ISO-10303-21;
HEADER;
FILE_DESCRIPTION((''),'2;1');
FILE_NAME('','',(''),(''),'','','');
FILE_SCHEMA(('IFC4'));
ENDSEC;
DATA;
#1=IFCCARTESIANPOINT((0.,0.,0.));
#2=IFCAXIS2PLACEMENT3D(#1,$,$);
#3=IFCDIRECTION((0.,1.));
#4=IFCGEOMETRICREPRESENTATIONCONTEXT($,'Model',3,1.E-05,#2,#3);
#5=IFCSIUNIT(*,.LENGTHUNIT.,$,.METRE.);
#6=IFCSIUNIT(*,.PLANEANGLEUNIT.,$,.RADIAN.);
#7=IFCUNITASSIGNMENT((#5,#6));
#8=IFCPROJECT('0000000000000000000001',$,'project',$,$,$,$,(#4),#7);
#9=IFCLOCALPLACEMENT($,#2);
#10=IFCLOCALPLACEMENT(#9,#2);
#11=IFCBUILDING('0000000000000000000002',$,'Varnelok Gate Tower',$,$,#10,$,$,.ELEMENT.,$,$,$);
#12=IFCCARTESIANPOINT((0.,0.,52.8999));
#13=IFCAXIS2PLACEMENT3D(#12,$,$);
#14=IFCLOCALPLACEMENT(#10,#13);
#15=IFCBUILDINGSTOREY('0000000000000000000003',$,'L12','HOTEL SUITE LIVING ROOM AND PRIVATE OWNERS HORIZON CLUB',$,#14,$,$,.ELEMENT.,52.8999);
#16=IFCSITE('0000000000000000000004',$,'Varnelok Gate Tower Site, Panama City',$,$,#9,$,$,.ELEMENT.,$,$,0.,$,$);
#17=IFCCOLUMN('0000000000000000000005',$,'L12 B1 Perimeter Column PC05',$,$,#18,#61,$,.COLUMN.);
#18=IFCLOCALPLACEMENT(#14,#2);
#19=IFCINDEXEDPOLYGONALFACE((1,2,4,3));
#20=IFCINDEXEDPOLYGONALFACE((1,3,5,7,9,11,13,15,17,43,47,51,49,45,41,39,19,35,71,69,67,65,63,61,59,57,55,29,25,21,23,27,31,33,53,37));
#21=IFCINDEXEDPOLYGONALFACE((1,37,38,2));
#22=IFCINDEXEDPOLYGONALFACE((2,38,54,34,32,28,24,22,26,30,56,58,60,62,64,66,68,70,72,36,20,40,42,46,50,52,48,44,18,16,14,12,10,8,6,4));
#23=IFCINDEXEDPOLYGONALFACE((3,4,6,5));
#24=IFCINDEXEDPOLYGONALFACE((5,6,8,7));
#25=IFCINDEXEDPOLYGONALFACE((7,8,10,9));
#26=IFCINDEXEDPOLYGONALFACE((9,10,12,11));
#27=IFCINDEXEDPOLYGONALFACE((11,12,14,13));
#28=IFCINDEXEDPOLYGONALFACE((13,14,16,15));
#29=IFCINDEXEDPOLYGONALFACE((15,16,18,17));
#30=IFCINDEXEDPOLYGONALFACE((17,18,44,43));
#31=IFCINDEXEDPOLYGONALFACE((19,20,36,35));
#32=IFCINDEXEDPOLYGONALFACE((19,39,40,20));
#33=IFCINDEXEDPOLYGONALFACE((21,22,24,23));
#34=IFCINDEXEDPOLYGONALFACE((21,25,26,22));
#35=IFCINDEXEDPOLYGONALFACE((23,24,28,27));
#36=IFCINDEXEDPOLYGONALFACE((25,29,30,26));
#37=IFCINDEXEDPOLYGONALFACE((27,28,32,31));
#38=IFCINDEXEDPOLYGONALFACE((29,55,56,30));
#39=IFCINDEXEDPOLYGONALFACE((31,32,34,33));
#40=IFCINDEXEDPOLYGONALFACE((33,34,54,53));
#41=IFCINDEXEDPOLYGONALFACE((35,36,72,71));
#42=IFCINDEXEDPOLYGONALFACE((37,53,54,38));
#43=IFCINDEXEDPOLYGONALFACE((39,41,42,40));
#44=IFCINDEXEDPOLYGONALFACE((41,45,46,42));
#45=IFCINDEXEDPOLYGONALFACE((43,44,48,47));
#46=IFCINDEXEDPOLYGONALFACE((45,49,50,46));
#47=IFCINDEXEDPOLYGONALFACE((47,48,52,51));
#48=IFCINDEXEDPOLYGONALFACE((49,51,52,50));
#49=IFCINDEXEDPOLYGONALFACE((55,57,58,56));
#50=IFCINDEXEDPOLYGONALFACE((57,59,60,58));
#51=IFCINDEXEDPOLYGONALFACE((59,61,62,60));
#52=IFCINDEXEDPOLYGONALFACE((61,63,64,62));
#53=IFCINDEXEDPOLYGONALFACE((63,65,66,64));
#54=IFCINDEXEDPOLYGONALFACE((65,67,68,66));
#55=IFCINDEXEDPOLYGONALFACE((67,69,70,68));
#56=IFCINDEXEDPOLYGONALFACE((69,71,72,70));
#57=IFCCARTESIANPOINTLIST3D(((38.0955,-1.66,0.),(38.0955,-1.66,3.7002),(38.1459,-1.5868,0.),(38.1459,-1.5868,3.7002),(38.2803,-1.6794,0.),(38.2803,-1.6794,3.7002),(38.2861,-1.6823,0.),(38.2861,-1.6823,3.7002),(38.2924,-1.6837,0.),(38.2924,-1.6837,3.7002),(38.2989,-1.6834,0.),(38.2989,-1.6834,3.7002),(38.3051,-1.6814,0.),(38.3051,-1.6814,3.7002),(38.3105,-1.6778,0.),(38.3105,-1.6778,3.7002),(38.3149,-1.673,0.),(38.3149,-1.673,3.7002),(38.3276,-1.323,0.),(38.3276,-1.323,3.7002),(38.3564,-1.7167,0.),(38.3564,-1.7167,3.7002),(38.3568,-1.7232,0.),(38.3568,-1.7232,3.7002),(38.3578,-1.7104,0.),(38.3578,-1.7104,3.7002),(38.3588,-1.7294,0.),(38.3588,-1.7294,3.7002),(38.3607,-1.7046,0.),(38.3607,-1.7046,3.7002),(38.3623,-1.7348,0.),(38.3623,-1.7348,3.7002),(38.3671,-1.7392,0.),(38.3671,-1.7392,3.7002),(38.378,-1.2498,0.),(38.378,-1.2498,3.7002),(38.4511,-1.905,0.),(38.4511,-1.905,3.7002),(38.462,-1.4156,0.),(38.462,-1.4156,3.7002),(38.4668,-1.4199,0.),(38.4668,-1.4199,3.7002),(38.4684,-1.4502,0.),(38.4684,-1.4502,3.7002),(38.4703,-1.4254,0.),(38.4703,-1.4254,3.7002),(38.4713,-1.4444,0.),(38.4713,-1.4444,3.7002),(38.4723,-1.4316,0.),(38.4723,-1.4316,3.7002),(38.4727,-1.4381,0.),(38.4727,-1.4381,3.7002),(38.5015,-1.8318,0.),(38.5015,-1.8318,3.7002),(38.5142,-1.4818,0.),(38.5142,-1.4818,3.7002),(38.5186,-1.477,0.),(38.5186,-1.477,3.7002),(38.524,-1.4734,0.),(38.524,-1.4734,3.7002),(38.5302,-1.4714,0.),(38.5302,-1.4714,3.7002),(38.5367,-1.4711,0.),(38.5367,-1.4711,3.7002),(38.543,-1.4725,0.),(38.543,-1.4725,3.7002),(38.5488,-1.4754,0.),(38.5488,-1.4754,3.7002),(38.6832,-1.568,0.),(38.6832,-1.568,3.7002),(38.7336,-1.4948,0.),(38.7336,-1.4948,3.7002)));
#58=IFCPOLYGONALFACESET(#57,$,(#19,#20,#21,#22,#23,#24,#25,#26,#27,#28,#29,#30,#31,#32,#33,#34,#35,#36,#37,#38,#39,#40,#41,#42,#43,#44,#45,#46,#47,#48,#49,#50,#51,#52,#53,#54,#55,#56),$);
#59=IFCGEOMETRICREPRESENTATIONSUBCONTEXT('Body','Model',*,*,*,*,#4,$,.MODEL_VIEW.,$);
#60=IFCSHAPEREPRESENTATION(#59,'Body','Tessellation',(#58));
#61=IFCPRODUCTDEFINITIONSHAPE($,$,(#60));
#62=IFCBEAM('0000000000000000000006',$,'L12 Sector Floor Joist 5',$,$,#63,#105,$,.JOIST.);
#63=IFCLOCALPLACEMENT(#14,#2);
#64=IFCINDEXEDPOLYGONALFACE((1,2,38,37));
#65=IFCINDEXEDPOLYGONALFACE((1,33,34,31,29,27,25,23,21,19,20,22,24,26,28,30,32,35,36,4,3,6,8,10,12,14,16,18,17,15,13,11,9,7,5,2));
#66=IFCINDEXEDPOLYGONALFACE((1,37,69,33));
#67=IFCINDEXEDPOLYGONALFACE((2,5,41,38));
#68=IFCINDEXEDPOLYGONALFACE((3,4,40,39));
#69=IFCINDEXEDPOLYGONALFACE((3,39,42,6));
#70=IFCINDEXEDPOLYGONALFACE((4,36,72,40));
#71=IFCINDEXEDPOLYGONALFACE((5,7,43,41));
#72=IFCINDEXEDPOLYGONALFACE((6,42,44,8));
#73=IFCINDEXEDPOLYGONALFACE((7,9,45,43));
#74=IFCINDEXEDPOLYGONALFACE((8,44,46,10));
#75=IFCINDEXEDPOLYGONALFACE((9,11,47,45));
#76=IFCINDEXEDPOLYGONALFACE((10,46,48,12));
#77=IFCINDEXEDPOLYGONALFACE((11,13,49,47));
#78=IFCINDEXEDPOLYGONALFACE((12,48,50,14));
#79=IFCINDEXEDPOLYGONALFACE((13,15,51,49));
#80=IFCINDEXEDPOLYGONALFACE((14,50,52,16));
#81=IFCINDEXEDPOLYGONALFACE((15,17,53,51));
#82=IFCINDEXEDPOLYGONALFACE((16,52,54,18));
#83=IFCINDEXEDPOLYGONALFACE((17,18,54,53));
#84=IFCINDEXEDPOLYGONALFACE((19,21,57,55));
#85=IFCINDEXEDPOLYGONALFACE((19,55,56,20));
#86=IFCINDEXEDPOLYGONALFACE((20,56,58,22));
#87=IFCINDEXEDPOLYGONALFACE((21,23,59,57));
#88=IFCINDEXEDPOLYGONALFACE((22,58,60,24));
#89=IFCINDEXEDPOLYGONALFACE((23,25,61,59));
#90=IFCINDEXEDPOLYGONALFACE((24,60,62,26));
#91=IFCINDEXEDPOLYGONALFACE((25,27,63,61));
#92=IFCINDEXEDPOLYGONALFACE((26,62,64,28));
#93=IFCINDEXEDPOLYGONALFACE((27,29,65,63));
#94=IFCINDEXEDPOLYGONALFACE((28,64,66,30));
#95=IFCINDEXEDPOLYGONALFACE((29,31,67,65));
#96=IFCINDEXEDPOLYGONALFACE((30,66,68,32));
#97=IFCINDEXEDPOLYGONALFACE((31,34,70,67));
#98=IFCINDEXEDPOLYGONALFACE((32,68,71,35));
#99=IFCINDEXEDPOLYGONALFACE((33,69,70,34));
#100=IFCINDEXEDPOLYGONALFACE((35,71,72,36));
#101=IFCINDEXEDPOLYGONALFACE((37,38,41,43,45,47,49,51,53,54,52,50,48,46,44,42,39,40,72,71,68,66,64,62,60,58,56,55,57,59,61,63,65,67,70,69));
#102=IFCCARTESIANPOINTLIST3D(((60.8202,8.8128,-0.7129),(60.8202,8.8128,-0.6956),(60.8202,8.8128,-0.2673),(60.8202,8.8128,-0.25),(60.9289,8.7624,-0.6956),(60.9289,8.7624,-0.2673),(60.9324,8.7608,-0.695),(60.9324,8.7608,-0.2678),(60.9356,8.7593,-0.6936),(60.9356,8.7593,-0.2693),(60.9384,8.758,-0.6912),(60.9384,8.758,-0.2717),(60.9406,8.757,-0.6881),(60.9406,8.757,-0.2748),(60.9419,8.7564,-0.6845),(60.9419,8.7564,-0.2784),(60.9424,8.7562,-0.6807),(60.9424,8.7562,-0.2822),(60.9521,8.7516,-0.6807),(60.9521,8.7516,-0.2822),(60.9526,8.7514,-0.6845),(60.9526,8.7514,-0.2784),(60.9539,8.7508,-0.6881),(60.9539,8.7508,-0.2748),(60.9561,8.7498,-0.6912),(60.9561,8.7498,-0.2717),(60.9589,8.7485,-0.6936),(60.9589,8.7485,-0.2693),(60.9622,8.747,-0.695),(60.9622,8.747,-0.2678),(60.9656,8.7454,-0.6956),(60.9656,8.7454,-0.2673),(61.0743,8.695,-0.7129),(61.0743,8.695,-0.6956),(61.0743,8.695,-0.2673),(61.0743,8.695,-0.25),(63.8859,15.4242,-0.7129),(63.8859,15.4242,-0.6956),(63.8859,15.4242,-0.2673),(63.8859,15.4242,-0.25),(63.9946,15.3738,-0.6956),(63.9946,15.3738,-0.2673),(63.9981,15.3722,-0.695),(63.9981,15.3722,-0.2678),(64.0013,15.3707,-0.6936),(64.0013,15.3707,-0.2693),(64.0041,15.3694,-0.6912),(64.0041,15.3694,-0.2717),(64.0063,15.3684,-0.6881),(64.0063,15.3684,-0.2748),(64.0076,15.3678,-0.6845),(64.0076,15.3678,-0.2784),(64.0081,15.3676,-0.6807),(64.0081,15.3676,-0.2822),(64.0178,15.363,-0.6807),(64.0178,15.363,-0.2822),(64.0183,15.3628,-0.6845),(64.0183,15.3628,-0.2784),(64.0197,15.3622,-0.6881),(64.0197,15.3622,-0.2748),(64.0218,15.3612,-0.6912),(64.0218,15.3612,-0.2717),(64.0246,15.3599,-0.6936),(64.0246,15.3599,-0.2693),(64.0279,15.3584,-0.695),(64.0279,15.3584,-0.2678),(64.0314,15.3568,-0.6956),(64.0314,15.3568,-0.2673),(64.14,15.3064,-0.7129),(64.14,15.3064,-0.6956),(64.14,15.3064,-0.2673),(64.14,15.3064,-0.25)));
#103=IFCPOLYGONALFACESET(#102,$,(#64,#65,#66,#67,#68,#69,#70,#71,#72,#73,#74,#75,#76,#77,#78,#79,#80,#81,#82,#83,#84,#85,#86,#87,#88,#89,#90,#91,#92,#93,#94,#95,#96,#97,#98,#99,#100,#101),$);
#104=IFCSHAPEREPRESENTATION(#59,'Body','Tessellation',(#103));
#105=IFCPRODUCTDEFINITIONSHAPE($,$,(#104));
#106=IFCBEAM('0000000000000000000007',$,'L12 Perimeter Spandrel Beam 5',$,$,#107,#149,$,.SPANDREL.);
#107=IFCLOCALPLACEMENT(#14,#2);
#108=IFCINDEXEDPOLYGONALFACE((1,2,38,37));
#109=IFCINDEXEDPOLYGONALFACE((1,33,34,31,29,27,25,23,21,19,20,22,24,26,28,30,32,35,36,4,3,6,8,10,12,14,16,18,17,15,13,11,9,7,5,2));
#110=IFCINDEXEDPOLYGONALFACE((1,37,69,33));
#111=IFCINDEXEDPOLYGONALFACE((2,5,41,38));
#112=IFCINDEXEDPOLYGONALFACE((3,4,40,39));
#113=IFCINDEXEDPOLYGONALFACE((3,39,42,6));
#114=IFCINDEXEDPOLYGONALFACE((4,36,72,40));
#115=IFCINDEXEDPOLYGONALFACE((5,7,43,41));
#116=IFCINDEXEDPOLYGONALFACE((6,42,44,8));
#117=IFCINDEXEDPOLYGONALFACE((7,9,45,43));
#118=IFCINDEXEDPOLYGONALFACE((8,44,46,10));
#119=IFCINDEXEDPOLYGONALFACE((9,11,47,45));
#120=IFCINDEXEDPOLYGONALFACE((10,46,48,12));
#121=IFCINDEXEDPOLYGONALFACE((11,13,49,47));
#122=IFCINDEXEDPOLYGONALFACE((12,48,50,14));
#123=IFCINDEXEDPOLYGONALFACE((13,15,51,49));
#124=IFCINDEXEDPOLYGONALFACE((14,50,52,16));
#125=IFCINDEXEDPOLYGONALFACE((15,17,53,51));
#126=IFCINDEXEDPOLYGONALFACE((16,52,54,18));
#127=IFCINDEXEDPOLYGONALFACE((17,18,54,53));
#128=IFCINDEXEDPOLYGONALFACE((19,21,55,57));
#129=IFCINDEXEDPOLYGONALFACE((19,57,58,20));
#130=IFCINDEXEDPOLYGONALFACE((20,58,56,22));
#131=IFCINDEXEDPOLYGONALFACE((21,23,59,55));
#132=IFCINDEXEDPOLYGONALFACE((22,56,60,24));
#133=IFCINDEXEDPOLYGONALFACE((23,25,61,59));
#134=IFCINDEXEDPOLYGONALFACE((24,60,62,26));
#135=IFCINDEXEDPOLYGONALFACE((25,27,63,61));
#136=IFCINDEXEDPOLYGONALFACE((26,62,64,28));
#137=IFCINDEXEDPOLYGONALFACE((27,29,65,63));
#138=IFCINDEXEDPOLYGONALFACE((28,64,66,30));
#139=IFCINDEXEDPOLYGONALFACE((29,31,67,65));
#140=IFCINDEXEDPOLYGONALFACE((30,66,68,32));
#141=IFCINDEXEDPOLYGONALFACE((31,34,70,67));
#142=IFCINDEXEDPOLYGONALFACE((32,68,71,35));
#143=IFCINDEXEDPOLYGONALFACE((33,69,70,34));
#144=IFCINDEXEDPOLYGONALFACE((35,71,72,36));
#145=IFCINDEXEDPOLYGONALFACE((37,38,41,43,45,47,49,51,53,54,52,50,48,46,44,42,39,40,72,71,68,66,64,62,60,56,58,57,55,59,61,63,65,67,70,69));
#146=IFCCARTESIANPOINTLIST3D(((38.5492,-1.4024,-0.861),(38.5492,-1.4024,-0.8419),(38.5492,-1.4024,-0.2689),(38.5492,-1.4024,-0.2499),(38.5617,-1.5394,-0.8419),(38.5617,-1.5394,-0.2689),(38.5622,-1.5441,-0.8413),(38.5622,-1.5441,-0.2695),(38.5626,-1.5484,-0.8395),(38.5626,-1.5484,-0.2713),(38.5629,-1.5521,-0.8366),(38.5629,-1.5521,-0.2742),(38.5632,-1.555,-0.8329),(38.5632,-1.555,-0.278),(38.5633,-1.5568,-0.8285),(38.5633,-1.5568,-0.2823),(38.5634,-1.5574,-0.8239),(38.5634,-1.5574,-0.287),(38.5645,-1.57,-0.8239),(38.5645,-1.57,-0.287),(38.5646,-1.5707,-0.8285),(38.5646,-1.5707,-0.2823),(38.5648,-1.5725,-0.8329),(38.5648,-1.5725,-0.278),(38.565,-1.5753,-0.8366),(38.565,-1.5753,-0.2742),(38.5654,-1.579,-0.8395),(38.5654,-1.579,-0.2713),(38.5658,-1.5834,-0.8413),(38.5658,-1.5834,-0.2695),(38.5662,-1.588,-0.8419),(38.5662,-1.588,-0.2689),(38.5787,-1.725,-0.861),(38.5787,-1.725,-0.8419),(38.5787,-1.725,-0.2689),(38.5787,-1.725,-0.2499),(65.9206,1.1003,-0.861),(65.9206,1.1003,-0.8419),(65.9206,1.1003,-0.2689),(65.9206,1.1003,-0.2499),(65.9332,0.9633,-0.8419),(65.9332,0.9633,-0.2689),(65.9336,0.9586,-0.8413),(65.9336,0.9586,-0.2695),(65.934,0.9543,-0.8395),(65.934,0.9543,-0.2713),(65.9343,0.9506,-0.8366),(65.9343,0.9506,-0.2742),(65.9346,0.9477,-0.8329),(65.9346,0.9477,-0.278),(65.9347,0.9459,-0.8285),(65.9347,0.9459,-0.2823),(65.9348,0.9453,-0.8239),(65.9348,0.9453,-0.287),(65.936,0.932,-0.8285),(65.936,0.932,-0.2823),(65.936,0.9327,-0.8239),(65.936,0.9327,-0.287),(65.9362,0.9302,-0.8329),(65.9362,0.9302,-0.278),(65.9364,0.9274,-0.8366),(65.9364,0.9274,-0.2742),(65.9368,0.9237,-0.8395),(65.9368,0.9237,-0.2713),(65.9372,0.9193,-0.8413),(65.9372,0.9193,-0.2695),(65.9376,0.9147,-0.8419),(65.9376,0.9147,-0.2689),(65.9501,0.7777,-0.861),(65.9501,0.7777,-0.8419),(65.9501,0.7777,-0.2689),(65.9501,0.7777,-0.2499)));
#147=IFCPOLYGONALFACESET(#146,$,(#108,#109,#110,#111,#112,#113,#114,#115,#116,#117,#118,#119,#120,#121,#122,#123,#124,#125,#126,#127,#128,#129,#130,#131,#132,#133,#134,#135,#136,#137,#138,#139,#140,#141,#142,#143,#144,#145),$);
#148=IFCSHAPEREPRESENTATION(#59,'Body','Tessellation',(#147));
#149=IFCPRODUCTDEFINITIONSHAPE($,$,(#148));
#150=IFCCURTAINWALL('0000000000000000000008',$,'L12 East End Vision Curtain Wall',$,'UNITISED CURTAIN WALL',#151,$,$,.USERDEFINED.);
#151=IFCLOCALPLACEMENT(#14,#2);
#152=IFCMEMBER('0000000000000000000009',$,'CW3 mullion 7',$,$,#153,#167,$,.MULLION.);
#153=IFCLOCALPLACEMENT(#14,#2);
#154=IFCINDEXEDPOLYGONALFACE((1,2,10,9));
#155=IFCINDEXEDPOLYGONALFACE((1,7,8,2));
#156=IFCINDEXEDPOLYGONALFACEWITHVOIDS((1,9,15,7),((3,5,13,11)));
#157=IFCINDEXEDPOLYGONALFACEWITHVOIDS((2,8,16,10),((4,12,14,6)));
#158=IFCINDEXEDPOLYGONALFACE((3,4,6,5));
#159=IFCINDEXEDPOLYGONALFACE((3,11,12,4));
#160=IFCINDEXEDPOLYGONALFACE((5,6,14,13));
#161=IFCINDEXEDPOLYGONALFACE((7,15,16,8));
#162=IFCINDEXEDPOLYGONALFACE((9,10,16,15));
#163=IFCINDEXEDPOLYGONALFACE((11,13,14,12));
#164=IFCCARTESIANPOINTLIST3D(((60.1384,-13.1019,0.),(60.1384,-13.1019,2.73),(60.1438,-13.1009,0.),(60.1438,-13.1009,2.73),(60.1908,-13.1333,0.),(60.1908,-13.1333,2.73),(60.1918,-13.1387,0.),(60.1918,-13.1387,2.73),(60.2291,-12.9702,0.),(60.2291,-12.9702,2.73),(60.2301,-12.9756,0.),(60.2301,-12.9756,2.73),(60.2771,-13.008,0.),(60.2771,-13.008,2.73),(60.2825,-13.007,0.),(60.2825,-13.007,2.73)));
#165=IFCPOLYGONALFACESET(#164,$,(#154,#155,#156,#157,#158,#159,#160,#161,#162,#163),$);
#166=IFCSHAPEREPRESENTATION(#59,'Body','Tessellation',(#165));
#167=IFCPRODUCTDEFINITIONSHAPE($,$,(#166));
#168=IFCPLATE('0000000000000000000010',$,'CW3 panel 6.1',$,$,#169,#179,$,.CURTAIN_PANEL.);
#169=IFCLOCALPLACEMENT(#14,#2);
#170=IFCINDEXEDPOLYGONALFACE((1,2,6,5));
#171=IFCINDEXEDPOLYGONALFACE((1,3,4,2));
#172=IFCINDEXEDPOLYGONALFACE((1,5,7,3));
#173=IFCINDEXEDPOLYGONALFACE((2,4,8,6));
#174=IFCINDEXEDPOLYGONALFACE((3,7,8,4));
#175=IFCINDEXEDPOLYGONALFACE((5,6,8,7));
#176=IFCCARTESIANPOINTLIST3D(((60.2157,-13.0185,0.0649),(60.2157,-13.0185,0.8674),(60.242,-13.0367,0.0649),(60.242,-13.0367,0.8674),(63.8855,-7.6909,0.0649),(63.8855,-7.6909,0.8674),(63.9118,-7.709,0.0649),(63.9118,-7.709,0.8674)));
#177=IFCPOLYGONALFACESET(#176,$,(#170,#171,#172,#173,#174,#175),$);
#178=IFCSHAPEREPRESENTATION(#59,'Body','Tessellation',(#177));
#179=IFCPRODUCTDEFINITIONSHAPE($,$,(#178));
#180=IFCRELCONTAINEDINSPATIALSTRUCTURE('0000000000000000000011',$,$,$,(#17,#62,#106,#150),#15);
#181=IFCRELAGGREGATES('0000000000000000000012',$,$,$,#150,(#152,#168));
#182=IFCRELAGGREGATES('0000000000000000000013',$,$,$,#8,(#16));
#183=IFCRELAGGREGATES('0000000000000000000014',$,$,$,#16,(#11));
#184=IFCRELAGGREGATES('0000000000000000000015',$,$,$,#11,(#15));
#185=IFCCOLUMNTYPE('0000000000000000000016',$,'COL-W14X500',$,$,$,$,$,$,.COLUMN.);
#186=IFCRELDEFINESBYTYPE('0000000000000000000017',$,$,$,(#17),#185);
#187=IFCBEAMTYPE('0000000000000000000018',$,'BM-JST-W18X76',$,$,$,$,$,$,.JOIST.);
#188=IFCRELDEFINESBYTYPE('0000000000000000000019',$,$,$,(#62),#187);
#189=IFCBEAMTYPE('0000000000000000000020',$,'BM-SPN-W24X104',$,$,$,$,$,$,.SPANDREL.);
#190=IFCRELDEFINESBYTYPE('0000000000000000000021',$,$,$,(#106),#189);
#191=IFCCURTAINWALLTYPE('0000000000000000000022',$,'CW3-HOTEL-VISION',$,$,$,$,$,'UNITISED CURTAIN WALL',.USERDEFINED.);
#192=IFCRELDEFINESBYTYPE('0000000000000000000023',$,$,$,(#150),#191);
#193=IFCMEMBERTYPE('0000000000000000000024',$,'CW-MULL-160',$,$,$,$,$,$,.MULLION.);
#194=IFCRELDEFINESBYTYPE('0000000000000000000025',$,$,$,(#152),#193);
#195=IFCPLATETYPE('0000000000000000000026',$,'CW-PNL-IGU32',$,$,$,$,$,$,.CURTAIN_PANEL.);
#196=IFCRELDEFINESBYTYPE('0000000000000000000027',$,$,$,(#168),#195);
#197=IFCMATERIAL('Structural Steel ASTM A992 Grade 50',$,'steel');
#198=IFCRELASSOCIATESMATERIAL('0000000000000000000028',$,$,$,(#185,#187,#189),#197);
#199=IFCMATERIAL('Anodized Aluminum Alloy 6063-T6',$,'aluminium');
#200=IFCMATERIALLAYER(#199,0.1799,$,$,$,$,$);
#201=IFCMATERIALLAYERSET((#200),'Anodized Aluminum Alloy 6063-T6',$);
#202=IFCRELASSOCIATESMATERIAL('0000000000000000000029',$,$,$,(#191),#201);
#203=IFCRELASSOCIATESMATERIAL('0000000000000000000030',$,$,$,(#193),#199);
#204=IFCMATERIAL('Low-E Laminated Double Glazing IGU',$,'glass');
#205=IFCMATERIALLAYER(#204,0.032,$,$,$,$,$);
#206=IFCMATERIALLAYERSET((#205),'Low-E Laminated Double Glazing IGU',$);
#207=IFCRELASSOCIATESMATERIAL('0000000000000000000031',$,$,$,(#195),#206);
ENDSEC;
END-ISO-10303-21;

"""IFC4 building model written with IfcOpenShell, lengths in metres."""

from ifc_helpers import new_model, si_unit, direction, frame, origin, origin_2d, place, context, subcontext, project, spatial, rectangle, hollow_rectangle, i_section, extrude, source, transform, mapped, material, layer, layer_set, material_profile, profile_set, type_object, element, aggregate, save


model = new_model("IFC4")

# Units and contexts
model_context = context("Model", 3, precision=1e-05, world=origin(), true_north=direction((0.0, 1.0)))
body_context = subcontext(model_context, "Body", "Model", "MODEL_VIEW")
ifc_project = project(units=[si_unit("LENGTHUNIT", "METRE"), si_unit("PLANEANGLEUNIT", "RADIAN")], contexts=[model_context])

# Site, building, storey
site_placement = place(None, origin())
site = spatial("IfcSite", under=ifc_project, at=site_placement, Name="Varnelok Gate Tower Site, Panama City", CompositionType="ELEMENT", RefElevation=0.0)
building_placement = place(site_placement, origin())
building = spatial("IfcBuilding", under=site, at=building_placement, Name="Varnelok Gate Tower", CompositionType="ELEMENT")
storey_placement = place(building_placement, frame((0.0, 0.0, 52.8999)))
storey = spatial("IfcBuildingStorey", under=building, at=storey_placement, Name="L12", Description="HOTEL SUITE LIVING ROOM AND PRIVATE OWNERS HORIZON CLUB", CompositionType="ELEMENT", Elevation=52.8999)

# Column
ifc_material_1 = material(Name="Structural Steel ASTM A992 Grade 50", Category="steel")
ifc_material_profile_1 = material_profile(ifc_material_1, i_section(OverallWidth=0.4319, OverallDepth=0.498, WebThickness=0.0557, FlangeThickness=0.0889, FilletRadius=0.0249, at=origin_2d()), Name="W14X500")
ifc_profile_set_1 = profile_set([ifc_material_profile_1], Name="Structural Steel ASTM A992 Grade 50")
column_type = type_object("IfcColumnType", Name="COL-W14X500", PredefinedType="COLUMN", material=ifc_profile_set_1)
column_placement = place(storey_placement, frame((38.4146, -1.5774, 0.0), z_axis=(0.0, 0.0, 1.0), x_axis=(0.823533, -0.567269, 0.0)))
element("IfcColumn", 1, at=column_placement, inside=storey, type_object=column_type, Name="L12 B1 Perimeter Column PC05", PredefinedType="COLUMN", context=body_context, shape_type="SweptSolid", body=[
    extrude(i_section(OverallWidth=0.4319, OverallDepth=0.498, WebThickness=0.0557, FlangeThickness=0.0889, FilletRadius=0.0249, at=origin_2d()), origin(), (0.0, 0.0, 1.0), 3.7002),
])

# Beams
ifc_material_profile_2 = material_profile(ifc_material_1, i_section(OverallWidth=0.28, OverallDepth=0.4629, WebThickness=0.0107, FlangeThickness=0.0173, FilletRadius=0.0149, at=origin_2d()), Name="W18X76")
ifc_profile_set_2 = profile_set([ifc_material_profile_2], Name="Structural Steel ASTM A992 Grade 50")
beam_type_1 = type_object("IfcBeamType", Name="BM-JST-W18X76", PredefinedType="JOIST", material=ifc_profile_set_2)
beam_1_placement = place(storey_placement, frame((60.9473, 8.7539, -0.4814), z_axis=(0.420674, 0.907212, 0.0), x_axis=(-0.907212, 0.420674, 0.0)))
element("IfcBeam", 2, at=beam_1_placement, inside=storey, type_object=beam_type_1, Name="L12 Sector Floor Joist 5", PredefinedType="JOIST", context=body_context, shape_type="SweptSolid", body=[
    extrude(i_section(OverallWidth=0.28, OverallDepth=0.4629, WebThickness=0.0107, FlangeThickness=0.0173, FilletRadius=0.0149, at=origin_2d()), origin(), (0.0, 0.0, 1.0), 7.2876),
])
ifc_material_profile_3 = material_profile(ifc_material_1, i_section(OverallWidth=0.324, OverallDepth=0.6111, WebThickness=0.0127, FlangeThickness=0.019, FilletRadius=0.0181, at=origin_2d()), Name="W24X104")
ifc_profile_set_3 = profile_set([ifc_material_profile_3], Name="Structural Steel ASTM A992 Grade 50")
beam_type_2 = type_object("IfcBeamType", Name="BM-SPN-W24X104", PredefinedType="SPANDREL", material=ifc_profile_set_3)
beam_2_placement = place(storey_placement, frame((38.564, -1.5637, -0.5554), z_axis=(0.995846, 0.091055, 0.0), x_axis=(-0.091055, 0.995846, 0.0)))
element("IfcBeam", 3, at=beam_2_placement, inside=storey, type_object=beam_type_2, Name="L12 Perimeter Spandrel Beam 5", PredefinedType="SPANDREL", context=body_context, shape_type="SweptSolid", body=[
    extrude(i_section(OverallWidth=0.324, OverallDepth=0.6111, WebThickness=0.0127, FlangeThickness=0.019, FilletRadius=0.0181, at=origin_2d()), origin(), (0.0, 0.0, 1.0), 27.4856),
])

# Curtain wall, member, plate
ifc_material_2 = material(Name="Anodized Aluminum Alloy 6063-T6", Category="aluminium")
ifc_layer_1 = layer(ifc_material_2, 0.1799)
ifc_layer_set_1 = layer_set([ifc_layer_1], Name="Anodized Aluminum Alloy 6063-T6")
curtain_wall_type = type_object("IfcCurtainWallType", Name="CW3-HOTEL-VISION", ElementType="UNITISED CURTAIN WALL", PredefinedType="USERDEFINED", material=ifc_layer_set_1)
curtain_wall_placement = place(storey_placement, origin())
curtain_wall = element("IfcCurtainWall", 4, at=curtain_wall_placement, inside=storey, type_object=curtain_wall_type, Name="L12 East End Vision Curtain Wall", ObjectType="UNITISED CURTAIN WALL", PredefinedType="USERDEFINED")
ifc_material_profile_4 = material_profile(ifc_material_2, hollow_rectangle(XDim=0.0649, YDim=0.1599, WallThickness=0.0039, at=origin_2d()), Name="ALU160X65X4")
ifc_profile_set_4 = profile_set([ifc_material_profile_4], Name="Anodized Aluminum Alloy 6063-T6")
member_type = type_object("IfcMemberType", Name="CW-MULL-160", PredefinedType="MULLION", material=ifc_profile_set_4)
member_placement = place(storey_placement, frame((60.2104, -13.0544, 0.0), z_axis=(0.0, 0.0, 1.0), x_axis=(0.823533, -0.567269, 0.0)))
member = element("IfcMember", 5, at=member_placement, type_object=member_type, Name="CW3 mullion 7", PredefinedType="MULLION", context=body_context, shape_type="SweptSolid", body=[
    extrude(hollow_rectangle(XDim=0.0649, YDim=0.1599, WallThickness=0.0039, at=origin_2d()), origin(), (0.0, 0.0, 1.0), 2.73),
])
ifc_material_3 = material(Name="Low-E Laminated Double Glazing IGU", Category="glass")
ifc_layer_2 = layer(ifc_material_3, 0.032)
ifc_layer_set_2 = layer_set([ifc_layer_2], Name="Low-E Laminated Double Glazing IGU")
plate_type = type_object("IfcPlateType", Name="CW-PNL-IGU32", PredefinedType="CURTAIN_PANEL", material=ifc_layer_set_2)
shared_shape_1 = source(origin(), body_context, "Body", "SweptSolid", [
    extrude(rectangle(XDim=6.4692, YDim=0.032, at=origin_2d()), origin(), (0.0, 0.0, 1.0), 0.8025),
])
plate_1_placement = place(storey_placement, frame((62.0637, -10.3638, 0.0649), z_axis=(0.0, 0.0, 1.0), x_axis=(-0.567269, -0.823533, 0.0)))
plate_1 = element("IfcPlate", 6, at=plate_1_placement, type_object=plate_type, Name="CW3 panel 6.1", PredefinedType="CURTAIN_PANEL", context=body_context, shape_type="MappedRepresentation", body=[
    mapped(shared_shape_1, transform((0.0, 0.0, 0.0), scale=1.0)),
])
aggregate(curtain_wall, [member, plate_1])

save(model, "model.ifc")
